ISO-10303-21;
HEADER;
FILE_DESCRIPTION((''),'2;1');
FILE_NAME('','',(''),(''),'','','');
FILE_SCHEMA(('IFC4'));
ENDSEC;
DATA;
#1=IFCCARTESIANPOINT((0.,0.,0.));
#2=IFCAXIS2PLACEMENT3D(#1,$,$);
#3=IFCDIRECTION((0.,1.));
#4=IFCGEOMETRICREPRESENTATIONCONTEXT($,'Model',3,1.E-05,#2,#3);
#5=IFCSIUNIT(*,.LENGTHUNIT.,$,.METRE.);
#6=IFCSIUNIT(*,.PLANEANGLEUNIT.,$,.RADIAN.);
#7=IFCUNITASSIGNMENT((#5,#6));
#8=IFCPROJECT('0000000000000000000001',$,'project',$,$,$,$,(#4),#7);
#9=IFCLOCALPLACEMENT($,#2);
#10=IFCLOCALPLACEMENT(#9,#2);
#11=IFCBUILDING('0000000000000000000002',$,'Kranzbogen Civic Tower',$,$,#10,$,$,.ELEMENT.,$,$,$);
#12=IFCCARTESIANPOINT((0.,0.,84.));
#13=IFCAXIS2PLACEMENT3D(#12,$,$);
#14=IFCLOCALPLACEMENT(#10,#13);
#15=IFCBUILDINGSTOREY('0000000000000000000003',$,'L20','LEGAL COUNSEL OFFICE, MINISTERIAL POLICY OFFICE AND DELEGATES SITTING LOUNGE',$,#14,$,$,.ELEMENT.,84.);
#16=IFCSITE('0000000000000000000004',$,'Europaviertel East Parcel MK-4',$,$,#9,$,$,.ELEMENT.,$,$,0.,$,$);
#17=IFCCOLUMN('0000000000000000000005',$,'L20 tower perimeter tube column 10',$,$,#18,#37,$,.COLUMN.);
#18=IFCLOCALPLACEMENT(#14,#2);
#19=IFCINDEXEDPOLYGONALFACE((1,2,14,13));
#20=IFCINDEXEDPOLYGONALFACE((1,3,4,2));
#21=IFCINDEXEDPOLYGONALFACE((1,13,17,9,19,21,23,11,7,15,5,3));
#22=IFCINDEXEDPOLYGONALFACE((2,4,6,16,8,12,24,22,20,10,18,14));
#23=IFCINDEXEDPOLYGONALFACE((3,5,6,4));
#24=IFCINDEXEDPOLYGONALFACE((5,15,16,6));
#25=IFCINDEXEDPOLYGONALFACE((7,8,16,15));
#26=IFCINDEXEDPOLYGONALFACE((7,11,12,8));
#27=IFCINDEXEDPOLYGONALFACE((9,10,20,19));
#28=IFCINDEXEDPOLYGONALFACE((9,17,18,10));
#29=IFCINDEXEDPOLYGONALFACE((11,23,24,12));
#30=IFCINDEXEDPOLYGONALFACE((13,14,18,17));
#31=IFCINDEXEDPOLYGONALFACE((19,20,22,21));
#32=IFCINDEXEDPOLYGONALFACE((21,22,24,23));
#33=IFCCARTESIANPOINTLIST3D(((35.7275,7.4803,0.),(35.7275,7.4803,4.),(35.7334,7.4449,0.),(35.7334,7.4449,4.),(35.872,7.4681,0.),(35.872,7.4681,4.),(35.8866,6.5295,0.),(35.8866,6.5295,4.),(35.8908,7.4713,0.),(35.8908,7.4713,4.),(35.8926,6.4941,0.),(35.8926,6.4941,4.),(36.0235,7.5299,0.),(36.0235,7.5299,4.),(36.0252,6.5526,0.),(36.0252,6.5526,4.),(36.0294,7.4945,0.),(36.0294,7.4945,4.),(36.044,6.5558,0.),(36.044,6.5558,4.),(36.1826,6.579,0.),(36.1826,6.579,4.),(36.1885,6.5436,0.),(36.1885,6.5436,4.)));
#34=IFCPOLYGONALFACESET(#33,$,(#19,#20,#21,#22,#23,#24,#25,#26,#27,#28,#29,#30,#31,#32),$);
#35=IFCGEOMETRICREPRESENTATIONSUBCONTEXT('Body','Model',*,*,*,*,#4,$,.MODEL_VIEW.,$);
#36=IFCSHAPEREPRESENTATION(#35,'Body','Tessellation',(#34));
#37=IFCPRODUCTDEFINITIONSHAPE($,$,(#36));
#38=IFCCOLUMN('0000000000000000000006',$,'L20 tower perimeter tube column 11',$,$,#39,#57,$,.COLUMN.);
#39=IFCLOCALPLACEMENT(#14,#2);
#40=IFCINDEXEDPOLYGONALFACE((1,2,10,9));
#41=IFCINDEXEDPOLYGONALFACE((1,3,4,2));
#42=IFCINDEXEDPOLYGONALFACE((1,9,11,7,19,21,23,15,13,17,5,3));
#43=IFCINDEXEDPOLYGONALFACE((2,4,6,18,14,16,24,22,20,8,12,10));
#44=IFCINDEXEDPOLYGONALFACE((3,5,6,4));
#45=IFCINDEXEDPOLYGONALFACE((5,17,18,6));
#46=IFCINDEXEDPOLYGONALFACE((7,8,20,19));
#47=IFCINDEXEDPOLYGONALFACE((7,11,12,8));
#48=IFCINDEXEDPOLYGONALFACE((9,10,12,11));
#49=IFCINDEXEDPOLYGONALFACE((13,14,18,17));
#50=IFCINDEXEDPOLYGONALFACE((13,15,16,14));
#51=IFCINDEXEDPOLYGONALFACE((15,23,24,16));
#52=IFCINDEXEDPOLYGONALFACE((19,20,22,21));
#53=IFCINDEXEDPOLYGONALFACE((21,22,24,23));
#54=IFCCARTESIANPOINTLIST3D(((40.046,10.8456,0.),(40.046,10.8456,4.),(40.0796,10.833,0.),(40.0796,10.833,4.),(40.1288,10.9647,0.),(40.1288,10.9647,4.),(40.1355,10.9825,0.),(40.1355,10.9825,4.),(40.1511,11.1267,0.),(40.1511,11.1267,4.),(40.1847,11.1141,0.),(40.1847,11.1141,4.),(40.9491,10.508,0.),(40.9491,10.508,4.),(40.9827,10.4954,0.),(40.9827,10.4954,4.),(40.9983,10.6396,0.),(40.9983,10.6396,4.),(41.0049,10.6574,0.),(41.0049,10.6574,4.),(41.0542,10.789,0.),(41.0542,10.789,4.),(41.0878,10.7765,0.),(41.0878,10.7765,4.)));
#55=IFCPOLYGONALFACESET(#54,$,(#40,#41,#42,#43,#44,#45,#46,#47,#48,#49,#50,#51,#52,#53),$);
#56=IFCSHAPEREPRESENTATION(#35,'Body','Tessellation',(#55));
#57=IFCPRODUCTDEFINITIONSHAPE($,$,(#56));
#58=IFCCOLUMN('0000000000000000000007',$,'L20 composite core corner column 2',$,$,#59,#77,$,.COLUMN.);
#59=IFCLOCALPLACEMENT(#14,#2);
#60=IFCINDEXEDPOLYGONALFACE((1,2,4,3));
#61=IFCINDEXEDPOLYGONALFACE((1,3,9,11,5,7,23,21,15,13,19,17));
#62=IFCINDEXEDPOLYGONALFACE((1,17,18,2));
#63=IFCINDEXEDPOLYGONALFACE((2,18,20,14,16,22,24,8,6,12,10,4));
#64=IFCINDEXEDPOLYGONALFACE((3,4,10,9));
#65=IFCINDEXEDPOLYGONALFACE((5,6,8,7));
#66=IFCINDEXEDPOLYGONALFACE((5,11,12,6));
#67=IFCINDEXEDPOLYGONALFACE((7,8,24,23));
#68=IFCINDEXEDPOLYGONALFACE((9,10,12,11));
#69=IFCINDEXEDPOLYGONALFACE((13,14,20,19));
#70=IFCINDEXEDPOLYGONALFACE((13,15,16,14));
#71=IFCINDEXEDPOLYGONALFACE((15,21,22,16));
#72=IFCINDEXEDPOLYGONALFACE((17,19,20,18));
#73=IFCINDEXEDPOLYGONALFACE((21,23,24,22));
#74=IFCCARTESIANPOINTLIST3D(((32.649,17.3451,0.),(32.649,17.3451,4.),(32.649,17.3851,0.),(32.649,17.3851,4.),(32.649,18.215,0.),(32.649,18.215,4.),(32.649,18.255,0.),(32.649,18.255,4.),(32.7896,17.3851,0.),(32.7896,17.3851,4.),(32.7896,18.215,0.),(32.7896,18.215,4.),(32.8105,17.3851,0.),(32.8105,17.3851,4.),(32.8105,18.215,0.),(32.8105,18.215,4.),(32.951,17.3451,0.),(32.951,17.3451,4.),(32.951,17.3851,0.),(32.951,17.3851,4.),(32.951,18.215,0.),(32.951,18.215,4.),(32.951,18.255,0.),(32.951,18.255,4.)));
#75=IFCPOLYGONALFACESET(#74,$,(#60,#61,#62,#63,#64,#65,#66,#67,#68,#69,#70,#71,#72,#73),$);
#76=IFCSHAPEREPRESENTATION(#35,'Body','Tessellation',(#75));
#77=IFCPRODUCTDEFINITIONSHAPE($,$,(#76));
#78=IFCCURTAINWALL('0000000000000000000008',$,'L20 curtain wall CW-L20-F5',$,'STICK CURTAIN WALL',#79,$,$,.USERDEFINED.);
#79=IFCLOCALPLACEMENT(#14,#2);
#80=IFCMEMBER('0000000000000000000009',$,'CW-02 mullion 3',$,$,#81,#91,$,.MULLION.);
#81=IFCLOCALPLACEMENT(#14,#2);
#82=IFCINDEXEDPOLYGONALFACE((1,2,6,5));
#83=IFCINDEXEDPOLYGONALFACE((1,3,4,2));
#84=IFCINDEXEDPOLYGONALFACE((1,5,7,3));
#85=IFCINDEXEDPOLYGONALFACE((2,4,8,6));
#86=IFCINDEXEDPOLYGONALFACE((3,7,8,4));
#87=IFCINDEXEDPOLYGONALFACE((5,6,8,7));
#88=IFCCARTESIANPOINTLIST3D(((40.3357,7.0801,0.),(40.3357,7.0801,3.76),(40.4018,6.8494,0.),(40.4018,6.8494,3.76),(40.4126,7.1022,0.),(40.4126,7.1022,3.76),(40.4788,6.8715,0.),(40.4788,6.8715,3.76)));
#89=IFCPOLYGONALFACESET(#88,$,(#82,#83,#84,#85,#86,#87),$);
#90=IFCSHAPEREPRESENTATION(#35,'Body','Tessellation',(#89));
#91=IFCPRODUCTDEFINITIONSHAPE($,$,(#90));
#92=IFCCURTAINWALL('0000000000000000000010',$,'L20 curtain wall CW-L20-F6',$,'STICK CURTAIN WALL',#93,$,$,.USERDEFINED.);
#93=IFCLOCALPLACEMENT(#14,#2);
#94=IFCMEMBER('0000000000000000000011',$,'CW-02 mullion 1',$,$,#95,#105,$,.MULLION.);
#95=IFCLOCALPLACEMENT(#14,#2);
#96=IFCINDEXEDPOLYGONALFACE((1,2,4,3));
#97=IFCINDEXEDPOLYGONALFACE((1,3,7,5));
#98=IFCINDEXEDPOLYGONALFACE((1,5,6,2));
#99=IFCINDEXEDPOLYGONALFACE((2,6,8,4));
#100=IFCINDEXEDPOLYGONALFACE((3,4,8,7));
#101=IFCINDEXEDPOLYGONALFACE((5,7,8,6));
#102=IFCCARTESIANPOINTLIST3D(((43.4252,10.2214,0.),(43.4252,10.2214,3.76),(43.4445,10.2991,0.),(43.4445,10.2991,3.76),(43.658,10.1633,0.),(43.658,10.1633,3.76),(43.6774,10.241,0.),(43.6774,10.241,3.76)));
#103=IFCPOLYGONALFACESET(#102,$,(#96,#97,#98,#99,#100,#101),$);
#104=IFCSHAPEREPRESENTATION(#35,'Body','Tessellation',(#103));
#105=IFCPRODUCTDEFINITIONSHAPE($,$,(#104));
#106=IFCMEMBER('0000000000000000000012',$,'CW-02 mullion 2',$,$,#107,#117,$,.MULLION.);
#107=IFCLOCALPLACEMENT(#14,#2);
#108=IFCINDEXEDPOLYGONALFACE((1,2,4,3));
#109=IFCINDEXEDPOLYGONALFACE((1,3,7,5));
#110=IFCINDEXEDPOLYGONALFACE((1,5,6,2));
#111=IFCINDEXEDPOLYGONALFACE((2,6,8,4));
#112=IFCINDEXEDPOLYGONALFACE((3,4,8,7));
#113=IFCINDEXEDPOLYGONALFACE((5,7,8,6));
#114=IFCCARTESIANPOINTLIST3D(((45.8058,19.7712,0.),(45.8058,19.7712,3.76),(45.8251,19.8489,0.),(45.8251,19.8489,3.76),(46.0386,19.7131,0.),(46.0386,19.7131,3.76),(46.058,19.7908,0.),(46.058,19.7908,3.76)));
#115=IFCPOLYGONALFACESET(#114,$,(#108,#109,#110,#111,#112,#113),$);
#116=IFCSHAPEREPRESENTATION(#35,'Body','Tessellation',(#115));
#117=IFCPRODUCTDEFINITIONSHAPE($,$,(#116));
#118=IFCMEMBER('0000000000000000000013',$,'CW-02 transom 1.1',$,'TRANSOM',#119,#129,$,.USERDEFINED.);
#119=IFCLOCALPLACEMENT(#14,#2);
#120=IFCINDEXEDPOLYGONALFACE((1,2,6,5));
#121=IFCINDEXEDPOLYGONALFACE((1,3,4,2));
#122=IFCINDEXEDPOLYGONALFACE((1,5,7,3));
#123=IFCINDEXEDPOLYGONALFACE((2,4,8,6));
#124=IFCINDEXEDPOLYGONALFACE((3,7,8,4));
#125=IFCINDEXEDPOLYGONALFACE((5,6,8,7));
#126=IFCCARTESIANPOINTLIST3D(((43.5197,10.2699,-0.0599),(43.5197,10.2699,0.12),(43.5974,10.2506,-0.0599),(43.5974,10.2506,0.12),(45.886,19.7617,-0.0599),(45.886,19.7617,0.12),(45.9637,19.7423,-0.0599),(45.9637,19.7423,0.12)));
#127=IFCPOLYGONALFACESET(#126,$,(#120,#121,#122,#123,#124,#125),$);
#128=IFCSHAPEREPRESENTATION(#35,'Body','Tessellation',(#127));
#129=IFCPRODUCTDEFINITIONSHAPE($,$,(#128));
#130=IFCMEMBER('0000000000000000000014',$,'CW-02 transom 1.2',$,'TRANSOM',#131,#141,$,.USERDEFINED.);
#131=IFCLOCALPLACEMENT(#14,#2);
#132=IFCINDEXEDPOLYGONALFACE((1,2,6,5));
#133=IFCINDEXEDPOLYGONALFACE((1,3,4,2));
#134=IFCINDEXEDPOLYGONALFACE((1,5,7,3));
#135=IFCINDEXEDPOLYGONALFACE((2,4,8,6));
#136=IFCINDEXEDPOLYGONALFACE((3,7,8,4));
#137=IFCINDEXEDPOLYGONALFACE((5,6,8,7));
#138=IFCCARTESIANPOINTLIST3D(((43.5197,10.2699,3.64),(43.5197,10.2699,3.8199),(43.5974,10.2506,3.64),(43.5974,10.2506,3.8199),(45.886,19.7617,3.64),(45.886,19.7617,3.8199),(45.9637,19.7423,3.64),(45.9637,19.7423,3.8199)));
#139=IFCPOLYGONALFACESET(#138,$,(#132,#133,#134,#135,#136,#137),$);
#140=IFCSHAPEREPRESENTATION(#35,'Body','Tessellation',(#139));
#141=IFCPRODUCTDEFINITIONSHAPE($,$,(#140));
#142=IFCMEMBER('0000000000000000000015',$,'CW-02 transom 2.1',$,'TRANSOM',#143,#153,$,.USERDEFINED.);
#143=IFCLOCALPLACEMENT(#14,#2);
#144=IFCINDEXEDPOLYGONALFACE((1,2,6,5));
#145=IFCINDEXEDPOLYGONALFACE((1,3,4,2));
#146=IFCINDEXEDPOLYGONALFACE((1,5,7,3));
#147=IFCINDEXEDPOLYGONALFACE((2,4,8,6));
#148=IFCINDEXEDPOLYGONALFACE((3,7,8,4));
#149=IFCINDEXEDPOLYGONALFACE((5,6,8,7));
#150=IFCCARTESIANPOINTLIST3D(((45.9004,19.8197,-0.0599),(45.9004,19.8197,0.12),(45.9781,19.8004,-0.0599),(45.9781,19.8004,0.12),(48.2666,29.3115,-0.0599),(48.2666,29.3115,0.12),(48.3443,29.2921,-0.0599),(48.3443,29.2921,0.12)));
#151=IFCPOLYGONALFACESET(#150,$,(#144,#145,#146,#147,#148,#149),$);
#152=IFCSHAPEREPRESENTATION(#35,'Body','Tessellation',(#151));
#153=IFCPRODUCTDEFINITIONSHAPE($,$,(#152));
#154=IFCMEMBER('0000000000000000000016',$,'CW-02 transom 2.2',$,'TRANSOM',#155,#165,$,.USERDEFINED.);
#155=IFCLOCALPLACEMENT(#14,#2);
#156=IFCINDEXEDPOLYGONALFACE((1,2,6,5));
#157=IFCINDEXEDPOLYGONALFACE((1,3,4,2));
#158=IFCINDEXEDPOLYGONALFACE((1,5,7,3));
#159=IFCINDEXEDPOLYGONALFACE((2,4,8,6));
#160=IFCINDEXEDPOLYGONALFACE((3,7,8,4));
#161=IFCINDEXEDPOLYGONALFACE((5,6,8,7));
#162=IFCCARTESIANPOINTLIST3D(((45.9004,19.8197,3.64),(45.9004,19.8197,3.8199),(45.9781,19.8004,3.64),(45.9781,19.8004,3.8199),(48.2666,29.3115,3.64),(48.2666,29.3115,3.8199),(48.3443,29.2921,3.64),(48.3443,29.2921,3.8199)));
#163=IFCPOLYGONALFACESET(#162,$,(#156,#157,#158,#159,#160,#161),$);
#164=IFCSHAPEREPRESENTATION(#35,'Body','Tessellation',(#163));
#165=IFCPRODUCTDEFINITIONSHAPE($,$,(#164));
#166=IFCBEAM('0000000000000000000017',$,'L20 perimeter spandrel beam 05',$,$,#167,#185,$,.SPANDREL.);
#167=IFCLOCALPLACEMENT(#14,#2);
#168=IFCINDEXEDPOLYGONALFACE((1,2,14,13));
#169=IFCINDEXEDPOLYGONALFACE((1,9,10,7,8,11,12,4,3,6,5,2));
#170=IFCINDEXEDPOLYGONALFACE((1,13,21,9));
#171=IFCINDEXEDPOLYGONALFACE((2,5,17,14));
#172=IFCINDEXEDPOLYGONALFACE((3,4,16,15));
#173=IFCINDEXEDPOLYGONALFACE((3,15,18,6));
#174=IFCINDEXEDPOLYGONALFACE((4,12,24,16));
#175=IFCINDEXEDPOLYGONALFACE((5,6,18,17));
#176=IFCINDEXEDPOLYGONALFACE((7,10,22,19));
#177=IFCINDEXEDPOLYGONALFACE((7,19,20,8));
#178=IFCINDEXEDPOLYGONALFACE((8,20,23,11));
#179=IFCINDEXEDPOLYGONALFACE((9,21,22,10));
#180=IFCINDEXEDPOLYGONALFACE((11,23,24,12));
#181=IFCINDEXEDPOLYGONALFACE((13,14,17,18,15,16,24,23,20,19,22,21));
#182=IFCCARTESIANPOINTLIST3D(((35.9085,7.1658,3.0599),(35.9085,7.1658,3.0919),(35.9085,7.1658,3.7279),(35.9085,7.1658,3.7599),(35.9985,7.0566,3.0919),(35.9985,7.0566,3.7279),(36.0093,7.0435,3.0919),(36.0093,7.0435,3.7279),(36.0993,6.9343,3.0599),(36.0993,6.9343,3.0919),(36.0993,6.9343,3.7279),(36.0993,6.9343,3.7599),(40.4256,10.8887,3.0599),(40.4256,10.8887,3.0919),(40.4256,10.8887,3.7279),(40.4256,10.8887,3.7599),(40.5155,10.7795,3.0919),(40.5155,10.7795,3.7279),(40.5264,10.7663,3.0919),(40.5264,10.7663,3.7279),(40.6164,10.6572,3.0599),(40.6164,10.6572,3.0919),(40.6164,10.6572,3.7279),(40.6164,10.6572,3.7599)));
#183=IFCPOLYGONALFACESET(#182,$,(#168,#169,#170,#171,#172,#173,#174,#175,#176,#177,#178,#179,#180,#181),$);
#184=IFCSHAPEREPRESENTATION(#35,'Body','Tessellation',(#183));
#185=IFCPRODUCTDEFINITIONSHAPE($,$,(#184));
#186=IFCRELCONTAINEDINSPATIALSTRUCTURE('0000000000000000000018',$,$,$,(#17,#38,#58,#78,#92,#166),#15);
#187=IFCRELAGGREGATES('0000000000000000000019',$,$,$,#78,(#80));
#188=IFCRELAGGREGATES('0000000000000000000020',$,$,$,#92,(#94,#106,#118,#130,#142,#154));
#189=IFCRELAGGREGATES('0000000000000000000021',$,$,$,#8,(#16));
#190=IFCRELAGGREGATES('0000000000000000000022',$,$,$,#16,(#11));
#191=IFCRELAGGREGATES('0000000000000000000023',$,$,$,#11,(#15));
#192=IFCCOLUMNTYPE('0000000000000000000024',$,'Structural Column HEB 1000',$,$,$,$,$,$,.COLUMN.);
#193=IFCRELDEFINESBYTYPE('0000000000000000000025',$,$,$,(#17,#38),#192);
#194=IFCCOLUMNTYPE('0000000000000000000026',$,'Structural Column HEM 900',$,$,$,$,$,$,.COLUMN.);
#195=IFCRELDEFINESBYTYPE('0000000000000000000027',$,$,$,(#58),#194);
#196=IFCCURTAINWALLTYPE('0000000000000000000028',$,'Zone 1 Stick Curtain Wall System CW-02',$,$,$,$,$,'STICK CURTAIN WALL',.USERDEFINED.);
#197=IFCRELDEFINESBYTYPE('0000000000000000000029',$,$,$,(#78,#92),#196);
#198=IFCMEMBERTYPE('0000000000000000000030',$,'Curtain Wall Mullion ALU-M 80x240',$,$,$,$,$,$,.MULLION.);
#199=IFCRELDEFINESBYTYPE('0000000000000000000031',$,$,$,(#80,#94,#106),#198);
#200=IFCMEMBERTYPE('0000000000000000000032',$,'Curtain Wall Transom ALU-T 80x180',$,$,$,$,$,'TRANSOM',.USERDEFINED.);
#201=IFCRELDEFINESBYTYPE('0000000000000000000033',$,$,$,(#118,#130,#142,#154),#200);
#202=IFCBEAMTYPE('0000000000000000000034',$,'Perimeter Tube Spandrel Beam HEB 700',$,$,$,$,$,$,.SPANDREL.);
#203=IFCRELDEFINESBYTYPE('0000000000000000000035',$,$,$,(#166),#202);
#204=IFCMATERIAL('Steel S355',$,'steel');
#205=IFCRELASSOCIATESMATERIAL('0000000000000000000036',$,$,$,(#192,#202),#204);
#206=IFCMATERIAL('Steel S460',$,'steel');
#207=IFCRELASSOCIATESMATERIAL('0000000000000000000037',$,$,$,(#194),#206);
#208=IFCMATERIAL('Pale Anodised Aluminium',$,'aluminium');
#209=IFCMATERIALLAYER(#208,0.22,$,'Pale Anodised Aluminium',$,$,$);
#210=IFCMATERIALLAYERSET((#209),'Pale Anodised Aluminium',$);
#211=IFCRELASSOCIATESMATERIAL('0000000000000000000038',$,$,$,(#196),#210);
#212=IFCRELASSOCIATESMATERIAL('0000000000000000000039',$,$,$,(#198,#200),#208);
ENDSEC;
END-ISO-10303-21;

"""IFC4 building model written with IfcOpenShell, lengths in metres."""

from ifc_helpers import new_model, si_unit, direction, frame, origin, origin_2d, place, context, subcontext, project, spatial, rectangle, i_section, extrude, material, layer, layer_set, material_profile, profile_set, type_object, element, aggregate, save


model = new_model("IFC4")

# Units and contexts
model_context = context("Model", 3, precision=1e-05, world=origin(), true_north=direction((0.0, 1.0)))
body_context = subcontext(model_context, "Body", "Model", "MODEL_VIEW")
ifc_project = project(units=[si_unit("LENGTHUNIT", "METRE"), si_unit("PLANEANGLEUNIT", "RADIAN")], contexts=[model_context])

# Site, building, storey
site_placement = place(None, origin())
site = spatial("IfcSite", under=ifc_project, at=site_placement, Name="Europaviertel East Parcel MK-4", CompositionType="ELEMENT", RefElevation=0.0)
building_placement = place(site_placement, origin())
building = spatial("IfcBuilding", under=site, at=building_placement, Name="Kranzbogen Civic Tower", CompositionType="ELEMENT")
storey_placement = place(building_placement, frame((0.0, 0.0, 84.0)))
storey = spatial("IfcBuildingStorey", under=building, at=storey_placement, Name="L20", Description="LEGAL COUNSEL OFFICE, MINISTERIAL POLICY OFFICE AND DELEGATES SITTING LOUNGE", CompositionType="ELEMENT", Elevation=84.0)

# Columns
ifc_material_1 = material(Name="Steel S355", Category="steel")
ifc_material_profile_1 = material_profile(ifc_material_1, i_section(OverallWidth=0.3, OverallDepth=1.0, WebThickness=0.019, FlangeThickness=0.0359, at=origin_2d()), Name="HEB 1000")
ifc_profile_set_1 = profile_set([ifc_material_profile_1], Name="Steel S355")
column_type_1 = type_object("IfcColumnType", Name="Structural Column HEB 1000", PredefinedType="COLUMN", material=ifc_profile_set_1)
for number, where, z_axis, x_axis, name in (
    (1, (35.958, 7.012, 0.0), (0.0, 0.0, 1.0), (0.986286, 0.165048, 0.0), "L20 tower perimeter tube column 10"),
    (2, (40.5669, 10.811, 0.0), (0.0, 0.0, 1.0), (0.350207, 0.936672, 0.0), "L20 tower perimeter tube column 11"),
):
    element("IfcColumn", number, at=place(storey_placement, frame(where, z_axis=z_axis, x_axis=x_axis)), inside=storey, type_object=column_type_1, Name=name, PredefinedType="COLUMN", context=body_context, shape_type="SweptSolid", body=[
        extrude(i_section(OverallWidth=0.3, OverallDepth=1.0, WebThickness=0.019, FlangeThickness=0.0359, at=origin_2d()), origin(), (0.0, 0.0, 1.0), 4.0),
    ])
ifc_material_2 = material(Name="Steel S460", Category="steel")
ifc_material_profile_2 = material_profile(ifc_material_2, i_section(OverallWidth=0.302, OverallDepth=0.9099, WebThickness=0.021, FlangeThickness=0.04, at=origin_2d()), Name="HEM 900")
ifc_profile_set_2 = profile_set([ifc_material_profile_2], Name="Steel S460")
column_type_2 = type_object("IfcColumnType", Name="Structural Column HEM 900", PredefinedType="COLUMN", material=ifc_profile_set_2)
column_placement = place(storey_placement, frame((32.8, 17.8, 0.0), z_axis=(0.0, 0.0, 1.0), x_axis=(1.0, 0.0, 0.0)))
element("IfcColumn", 3, at=column_placement, inside=storey, type_object=column_type_2, Name="L20 composite core corner column 2", PredefinedType="COLUMN", context=body_context, shape_type="SweptSolid", body=[
    extrude(i_section(OverallWidth=0.302, OverallDepth=0.9099, WebThickness=0.021, FlangeThickness=0.04, at=origin_2d()), origin(), (0.0, 0.0, 1.0), 4.0),
])

# Curtain wall, member
ifc_material_3 = material(Name="Pale Anodised Aluminium", Category="aluminium")
ifc_layer_1 = layer(ifc_material_3, 0.22, Name="Pale Anodised Aluminium")
ifc_layer_set_1 = layer_set([ifc_layer_1], Name="Pale Anodised Aluminium")
curtain_wall_type = type_object("IfcCurtainWallType", Name="Zone 1 Stick Curtain Wall System CW-02", ElementType="STICK CURTAIN WALL", PredefinedType="USERDEFINED", material=ifc_layer_set_1)
curtain_wall_1_placement = place(storey_placement, origin())
curtain_wall_1 = element("IfcCurtainWall", 4, at=curtain_wall_1_placement, inside=storey, type_object=curtain_wall_type, Name="L20 curtain wall CW-L20-F5", ObjectType="STICK CURTAIN WALL", PredefinedType="USERDEFINED")
ifc_material_profile_3 = material_profile(ifc_material_3, rectangle(XDim=0.0801, YDim=0.24, at=origin_2d()), Name="ALU-M 80x240")
ifc_profile_set_3 = profile_set([ifc_material_profile_3], Name="Pale Anodised Aluminium")
member_type_1 = type_object("IfcMemberType", Name="Curtain Wall Mullion ALU-M 80x240", PredefinedType="MULLION", material=ifc_profile_set_3)
member_1_placement = place(storey_placement, frame((40.4072, 6.9758, 0.0), z_axis=(0.0, 0.0, 1.0), x_axis=(0.96125, 0.275678, 0.0)))
member_1 = element("IfcMember", 5, at=member_1_placement, type_object=member_type_1, Name="CW-02 mullion 3", PredefinedType="MULLION", context=body_context, shape_type="SweptSolid", body=[
    extrude(rectangle(XDim=0.0801, YDim=0.24, at=origin_2d()), origin(), (0.0, 0.0, 1.0), 3.76),
])

# Curtain wall, members
curtain_wall_2_placement = place(storey_placement, origin())
curtain_wall_2 = element("IfcCurtainWall", 6, at=curtain_wall_2_placement, inside=storey, type_object=curtain_wall_type, Name="L20 curtain wall CW-L20-F6", ObjectType="STICK CURTAIN WALL", PredefinedType="USERDEFINED")
member_2_placement = place(storey_placement, frame((43.5513, 10.2312, 0.0), z_axis=(0.0, 0.0, 1.0), x_axis=(0.241892, 0.970303, 0.0)))
member_2 = element("IfcMember", 7, at=member_2_placement, type_object=member_type_1, Name="CW-02 mullion 1", PredefinedType="MULLION", context=body_context, shape_type="SweptSolid", body=[
    extrude(rectangle(XDim=0.0801, YDim=0.24, at=origin_2d()), origin(), (0.0, 0.0, 1.0), 3.76),
])
member_3_placement = place(storey_placement, frame((45.9319, 19.781, 0.0), z_axis=(0.0, 0.0, 1.0), x_axis=(0.241892, 0.970303, 0.0)))
member_3 = element("IfcMember", 8, at=member_3_placement, type_object=member_type_1, Name="CW-02 mullion 2", PredefinedType="MULLION", context=body_context, shape_type="SweptSolid", body=[
    extrude(rectangle(XDim=0.0801, YDim=0.24, at=origin_2d()), origin(), (0.0, 0.0, 1.0), 3.76),
])
ifc_material_profile_4 = material_profile(ifc_material_3, rectangle(XDim=0.0801, YDim=0.1799, at=origin_2d()), Name="ALU-T 80x180")
ifc_profile_set_4 = profile_set([ifc_material_profile_4], Name="Pale Anodised Aluminium")
member_type_2 = type_object("IfcMemberType", Name="Curtain Wall Transom ALU-T 80x180", ElementType="TRANSOM", PredefinedType="USERDEFINED", material=ifc_profile_set_4)
member_4_placement = place(storey_placement, frame((43.5586, 10.2603, 0.03), z_axis=(0.24189, 0.970304, 0.0), x_axis=(-0.970304, 0.24189, 0.0)))
member_4 = element("IfcMember", 9, at=member_4_placement, type_object=member_type_2, Name="CW-02 transom 1.1", ObjectType="TRANSOM", PredefinedType="USERDEFINED", context=body_context, shape_type="SweptSolid", body=[
    extrude(rectangle(XDim=0.0801, YDim=0.1799, at=origin_2d()), origin(), (0.0, 0.0, 1.0), 9.7822),
])
member_5_placement = place(storey_placement, frame((43.5586, 10.2603, 3.73), z_axis=(0.24189, 0.970304, 0.0), x_axis=(-0.970304, 0.24189, 0.0)))
member_5 = element("IfcMember", 10, at=member_5_placement, type_object=member_type_2, Name="CW-02 transom 1.2", ObjectType="TRANSOM", PredefinedType="USERDEFINED", context=body_context, shape_type="SweptSolid", body=[
    extrude(rectangle(XDim=0.0801, YDim=0.1799, at=origin_2d()), origin(), (0.0, 0.0, 1.0), 9.7822),
])
member_6_placement = place(storey_placement, frame((45.9392, 19.8101, 0.03), z_axis=(0.24189, 0.970304, 0.0), x_axis=(-0.970304, 0.24189, 0.0)))
member_6 = element("IfcMember", 11, at=member_6_placement, type_object=member_type_2, Name="CW-02 transom 2.1", ObjectType="TRANSOM", PredefinedType="USERDEFINED", context=body_context, shape_type="SweptSolid", body=[
    extrude(rectangle(XDim=0.0801, YDim=0.1799, at=origin_2d()), origin(), (0.0, 0.0, 1.0), 9.7822),
])
member_7_placement = place(storey_placement, frame((45.9392, 19.8101, 3.73), z_axis=(0.24189, 0.970304, 0.0), x_axis=(-0.970304, 0.24189, 0.0)))
member_7 = element("IfcMember", 12, at=member_7_placement, type_object=member_type_2, Name="CW-02 transom 2.2", ObjectType="TRANSOM", PredefinedType="USERDEFINED", context=body_context, shape_type="SweptSolid", body=[
    extrude(rectangle(XDim=0.0801, YDim=0.1799, at=origin_2d()), origin(), (0.0, 0.0, 1.0), 9.7822),
])

# Beam
ifc_material_profile_5 = material_profile(ifc_material_1, i_section(OverallWidth=0.3, OverallDepth=0.7, WebThickness=0.0171, FlangeThickness=0.032, at=origin_2d()), Name="HEB 700")
ifc_profile_set_5 = profile_set([ifc_material_profile_5], Name="Steel S355")
beam_type_1 = type_object("IfcBeamType", Name="Perimeter Tube Spandrel Beam HEB 700", PredefinedType="SPANDREL", material=ifc_profile_set_5)
beam_1_placement = place(storey_placement, frame((36.0039, 7.05, 3.4099), z_axis=(0.771683, 0.636007, 0.0), x_axis=(-0.636007, 0.771683, 0.0)))
element("IfcBeam", 13, at=beam_1_placement, inside=storey, type_object=beam_type_1, Name="L20 perimeter spandrel beam 05", PredefinedType="SPANDREL", context=body_context, shape_type="SweptSolid", body=[
    extrude(i_section(OverallWidth=0.3, OverallDepth=0.7, WebThickness=0.0171, FlangeThickness=0.032, at=origin_2d()), origin(), (0.0, 0.0, 1.0), 5.8535),
])

aggregate(curtain_wall_1, [member_1])
aggregate(curtain_wall_2, [member_2, member_3, member_4, member_5, member_6, member_7])

save(model, "model.ifc")
